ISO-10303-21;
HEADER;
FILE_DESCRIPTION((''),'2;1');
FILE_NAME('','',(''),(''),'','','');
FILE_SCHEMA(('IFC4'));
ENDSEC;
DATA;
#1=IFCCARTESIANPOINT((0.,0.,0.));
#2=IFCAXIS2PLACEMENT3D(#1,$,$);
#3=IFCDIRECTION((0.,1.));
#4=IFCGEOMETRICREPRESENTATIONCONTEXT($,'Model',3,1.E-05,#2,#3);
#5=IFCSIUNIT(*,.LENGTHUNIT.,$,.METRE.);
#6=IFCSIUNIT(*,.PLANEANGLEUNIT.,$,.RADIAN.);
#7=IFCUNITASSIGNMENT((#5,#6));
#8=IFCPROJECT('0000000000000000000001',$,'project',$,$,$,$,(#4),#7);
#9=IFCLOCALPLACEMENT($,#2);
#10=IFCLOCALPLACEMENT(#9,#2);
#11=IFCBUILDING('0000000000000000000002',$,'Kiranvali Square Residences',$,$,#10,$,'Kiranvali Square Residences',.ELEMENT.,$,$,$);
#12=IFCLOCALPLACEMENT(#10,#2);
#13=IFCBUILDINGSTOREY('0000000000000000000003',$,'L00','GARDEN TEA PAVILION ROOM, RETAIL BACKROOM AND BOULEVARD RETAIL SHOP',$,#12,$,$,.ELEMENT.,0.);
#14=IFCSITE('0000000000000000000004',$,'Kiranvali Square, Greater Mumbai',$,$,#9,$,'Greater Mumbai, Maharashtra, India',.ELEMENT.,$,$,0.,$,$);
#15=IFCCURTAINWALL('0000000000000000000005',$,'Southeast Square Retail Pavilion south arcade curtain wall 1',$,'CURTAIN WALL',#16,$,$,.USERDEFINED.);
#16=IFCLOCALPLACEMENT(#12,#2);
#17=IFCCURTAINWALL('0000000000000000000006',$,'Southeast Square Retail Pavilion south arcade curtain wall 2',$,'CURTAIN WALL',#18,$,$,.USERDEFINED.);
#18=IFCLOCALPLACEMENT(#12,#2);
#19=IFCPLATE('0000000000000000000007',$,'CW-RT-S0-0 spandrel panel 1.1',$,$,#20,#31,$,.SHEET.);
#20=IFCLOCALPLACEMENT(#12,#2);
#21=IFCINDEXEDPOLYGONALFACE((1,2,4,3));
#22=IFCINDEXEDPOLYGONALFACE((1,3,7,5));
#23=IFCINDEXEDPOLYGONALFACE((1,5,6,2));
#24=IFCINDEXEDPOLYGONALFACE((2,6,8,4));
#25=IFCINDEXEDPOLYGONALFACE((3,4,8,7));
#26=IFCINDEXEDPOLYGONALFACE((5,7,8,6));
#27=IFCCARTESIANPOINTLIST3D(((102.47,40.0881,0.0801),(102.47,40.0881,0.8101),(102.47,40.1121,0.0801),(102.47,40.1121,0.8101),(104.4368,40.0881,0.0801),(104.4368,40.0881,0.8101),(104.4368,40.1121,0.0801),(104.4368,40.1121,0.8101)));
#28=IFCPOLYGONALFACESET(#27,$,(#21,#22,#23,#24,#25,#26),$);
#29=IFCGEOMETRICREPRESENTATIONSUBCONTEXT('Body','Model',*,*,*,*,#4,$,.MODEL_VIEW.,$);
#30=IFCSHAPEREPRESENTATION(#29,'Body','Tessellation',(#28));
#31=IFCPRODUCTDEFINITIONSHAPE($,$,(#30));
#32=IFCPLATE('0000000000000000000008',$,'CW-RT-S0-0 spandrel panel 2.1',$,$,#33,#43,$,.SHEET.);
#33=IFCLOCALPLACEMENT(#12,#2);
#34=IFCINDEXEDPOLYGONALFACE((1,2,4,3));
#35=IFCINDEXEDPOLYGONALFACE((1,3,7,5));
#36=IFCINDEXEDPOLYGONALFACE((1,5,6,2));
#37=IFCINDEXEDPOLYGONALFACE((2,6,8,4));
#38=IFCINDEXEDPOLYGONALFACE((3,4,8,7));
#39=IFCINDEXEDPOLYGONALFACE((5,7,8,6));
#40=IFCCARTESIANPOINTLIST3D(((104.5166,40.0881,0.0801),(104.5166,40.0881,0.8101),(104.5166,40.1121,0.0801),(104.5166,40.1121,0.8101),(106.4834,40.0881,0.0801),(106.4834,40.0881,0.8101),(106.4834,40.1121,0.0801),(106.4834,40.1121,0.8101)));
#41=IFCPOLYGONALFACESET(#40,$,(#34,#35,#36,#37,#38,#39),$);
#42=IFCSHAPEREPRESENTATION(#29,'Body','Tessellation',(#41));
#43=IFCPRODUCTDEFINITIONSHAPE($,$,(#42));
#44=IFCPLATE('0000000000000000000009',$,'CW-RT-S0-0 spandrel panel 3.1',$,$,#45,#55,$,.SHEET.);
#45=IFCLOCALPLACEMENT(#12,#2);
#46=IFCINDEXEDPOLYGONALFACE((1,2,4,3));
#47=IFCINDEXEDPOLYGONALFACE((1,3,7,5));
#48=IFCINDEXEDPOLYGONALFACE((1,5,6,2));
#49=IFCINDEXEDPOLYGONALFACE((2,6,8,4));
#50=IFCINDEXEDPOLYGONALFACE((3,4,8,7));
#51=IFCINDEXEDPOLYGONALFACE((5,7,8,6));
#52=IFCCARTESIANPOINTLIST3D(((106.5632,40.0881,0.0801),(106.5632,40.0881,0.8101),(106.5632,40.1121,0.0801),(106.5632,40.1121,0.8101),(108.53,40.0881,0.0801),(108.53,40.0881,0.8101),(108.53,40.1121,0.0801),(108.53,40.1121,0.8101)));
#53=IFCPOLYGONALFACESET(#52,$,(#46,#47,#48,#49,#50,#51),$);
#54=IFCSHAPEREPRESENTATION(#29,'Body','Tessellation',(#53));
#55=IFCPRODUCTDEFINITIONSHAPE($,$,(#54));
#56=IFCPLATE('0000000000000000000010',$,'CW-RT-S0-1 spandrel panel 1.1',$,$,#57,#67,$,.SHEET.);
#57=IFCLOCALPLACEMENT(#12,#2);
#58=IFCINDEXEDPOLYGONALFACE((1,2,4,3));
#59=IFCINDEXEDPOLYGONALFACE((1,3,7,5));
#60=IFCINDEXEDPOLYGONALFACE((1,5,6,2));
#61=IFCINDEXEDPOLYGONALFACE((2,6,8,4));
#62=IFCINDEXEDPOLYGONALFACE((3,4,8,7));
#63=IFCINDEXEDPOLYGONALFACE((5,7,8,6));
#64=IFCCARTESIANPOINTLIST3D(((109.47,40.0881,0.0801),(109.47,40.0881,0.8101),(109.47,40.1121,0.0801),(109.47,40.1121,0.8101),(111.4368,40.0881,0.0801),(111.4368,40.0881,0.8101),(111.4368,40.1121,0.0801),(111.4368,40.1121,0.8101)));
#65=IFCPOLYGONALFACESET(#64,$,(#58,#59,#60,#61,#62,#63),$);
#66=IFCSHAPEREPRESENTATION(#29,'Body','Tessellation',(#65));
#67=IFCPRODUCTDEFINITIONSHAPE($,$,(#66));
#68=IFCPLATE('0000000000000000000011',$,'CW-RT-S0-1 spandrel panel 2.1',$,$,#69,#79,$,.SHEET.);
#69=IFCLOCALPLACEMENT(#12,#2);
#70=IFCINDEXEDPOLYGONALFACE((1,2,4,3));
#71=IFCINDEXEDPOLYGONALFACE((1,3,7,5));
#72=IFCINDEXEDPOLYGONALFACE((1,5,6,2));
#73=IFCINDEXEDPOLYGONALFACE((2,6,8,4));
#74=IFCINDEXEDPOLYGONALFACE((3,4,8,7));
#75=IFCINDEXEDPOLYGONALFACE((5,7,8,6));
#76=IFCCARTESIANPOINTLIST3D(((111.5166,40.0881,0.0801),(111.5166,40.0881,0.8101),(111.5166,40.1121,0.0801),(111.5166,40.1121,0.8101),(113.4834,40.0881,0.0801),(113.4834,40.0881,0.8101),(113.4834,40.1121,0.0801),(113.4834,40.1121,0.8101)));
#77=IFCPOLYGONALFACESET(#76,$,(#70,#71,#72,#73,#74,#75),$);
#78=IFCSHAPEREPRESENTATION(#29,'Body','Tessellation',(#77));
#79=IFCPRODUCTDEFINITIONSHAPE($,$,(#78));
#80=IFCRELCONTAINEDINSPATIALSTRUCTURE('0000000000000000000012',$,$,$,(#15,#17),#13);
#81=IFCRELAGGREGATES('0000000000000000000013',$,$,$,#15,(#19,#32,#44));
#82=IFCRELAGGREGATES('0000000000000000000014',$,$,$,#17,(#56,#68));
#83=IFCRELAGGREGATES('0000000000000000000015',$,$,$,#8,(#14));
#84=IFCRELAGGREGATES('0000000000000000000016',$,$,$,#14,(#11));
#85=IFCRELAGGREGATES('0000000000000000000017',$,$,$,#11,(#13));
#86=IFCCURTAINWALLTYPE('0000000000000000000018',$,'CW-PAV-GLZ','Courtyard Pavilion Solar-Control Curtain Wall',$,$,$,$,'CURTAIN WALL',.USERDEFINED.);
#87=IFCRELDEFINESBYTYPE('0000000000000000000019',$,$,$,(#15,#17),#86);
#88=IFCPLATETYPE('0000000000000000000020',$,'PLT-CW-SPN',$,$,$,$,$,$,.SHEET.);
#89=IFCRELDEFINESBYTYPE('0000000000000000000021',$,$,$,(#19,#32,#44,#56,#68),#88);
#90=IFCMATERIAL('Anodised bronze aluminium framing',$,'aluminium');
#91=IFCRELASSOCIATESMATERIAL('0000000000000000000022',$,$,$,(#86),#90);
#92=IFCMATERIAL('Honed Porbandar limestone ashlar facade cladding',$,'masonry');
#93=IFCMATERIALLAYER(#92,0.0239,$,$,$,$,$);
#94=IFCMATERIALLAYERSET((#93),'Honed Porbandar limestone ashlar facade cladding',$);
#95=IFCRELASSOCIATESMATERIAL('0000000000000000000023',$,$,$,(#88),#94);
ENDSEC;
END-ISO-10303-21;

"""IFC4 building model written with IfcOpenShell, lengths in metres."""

from ifc_helpers import new_model, si_unit, direction, frame, origin, origin_2d, place, context, subcontext, project, spatial, rectangle, extrude, material, layer, layer_set, type_object, element, aggregate, save


model = new_model("IFC4")

# Units and contexts
model_context = context("Model", 3, precision=1e-05, world=origin(), true_north=direction((0.0, 1.0)))
body_context = subcontext(model_context, "Body", "Model", "MODEL_VIEW")
ifc_project = project(units=[si_unit("LENGTHUNIT", "METRE"), si_unit("PLANEANGLEUNIT", "RADIAN")], contexts=[model_context])

# Site, building, storey
site_placement = place(None, origin())
site = spatial("IfcSite", under=ifc_project, at=site_placement, Name="Kiranvali Square, Greater Mumbai", LongName="Greater Mumbai, Maharashtra, India", CompositionType="ELEMENT", RefElevation=0.0)
building_placement = place(site_placement, origin())
building = spatial("IfcBuilding", under=site, at=building_placement, Name="Kiranvali Square Residences", LongName="Kiranvali Square Residences", CompositionType="ELEMENT")
storey_placement = place(building_placement, origin())
storey = spatial("IfcBuildingStorey", under=building, at=storey_placement, Name="L00", Description="GARDEN TEA PAVILION ROOM, RETAIL BACKROOM AND BOULEVARD RETAIL SHOP", CompositionType="ELEMENT", Elevation=0.0)

# Curtain walls
ifc_material_1 = material(Name="Anodised bronze aluminium framing", Category="aluminium")
curtain_wall_type = type_object("IfcCurtainWallType", Name="CW-PAV-GLZ", Description="Courtyard Pavilion Solar-Control Curtain Wall", ElementType="CURTAIN WALL", PredefinedType="USERDEFINED", material=ifc_material_1)
curtain_wall_1_placement = place(storey_placement, origin())
curtain_wall_1 = element("IfcCurtainWall", 1, at=curtain_wall_1_placement, inside=storey, type_object=curtain_wall_type, Name="Southeast Square Retail Pavilion south arcade curtain wall 1", ObjectType="CURTAIN WALL", PredefinedType="USERDEFINED")
curtain_wall_2_placement = place(storey_placement, origin())
curtain_wall_2 = element("IfcCurtainWall", 2, at=curtain_wall_2_placement, inside=storey, type_object=curtain_wall_type, Name="Southeast Square Retail Pavilion south arcade curtain wall 2", ObjectType="CURTAIN WALL", PredefinedType="USERDEFINED")

# Plates
ifc_material_2 = material(Name="Honed Porbandar limestone ashlar facade cladding", Category="masonry")
ifc_layer_1 = layer(ifc_material_2, 0.0239)
ifc_layer_set_1 = layer_set([ifc_layer_1], Name="Honed Porbandar limestone ashlar facade cladding")
plate_type_1 = type_object("IfcPlateType", Name="PLT-CW-SPN", PredefinedType="SHEET", material=ifc_layer_set_1)
plate_1_placement = place(storey_placement, frame((103.4534, 40.1001, 0.0801), z_axis=(0.0, 0.0, 1.0), x_axis=(1.0, 0.0, 0.0)))
plate_1 = element("IfcPlate", 3, at=plate_1_placement, type_object=plate_type_1, Name="CW-RT-S0-0 spandrel panel 1.1", PredefinedType="SHEET", context=body_context, shape_type="SweptSolid", body=[
    extrude(rectangle(XDim=1.9668, YDim=0.0239, at=origin_2d()), origin(), (0.0, 0.0, 1.0), 0.73),
])
plate_2_placement = place(storey_placement, frame((105.5, 40.1001, 0.0801), z_axis=(0.0, 0.0, 1.0), x_axis=(1.0, 0.0, 0.0)))
plate_2 = element("IfcPlate", 4, at=plate_2_placement, type_object=plate_type_1, Name="CW-RT-S0-0 spandrel panel 2.1", PredefinedType="SHEET", context=body_context, shape_type="SweptSolid", body=[
    extrude(rectangle(XDim=1.9668, YDim=0.0239, at=origin_2d()), origin(), (0.0, 0.0, 1.0), 0.73),
])
plate_3_placement = place(storey_placement, frame((107.5466, 40.1001, 0.0801), z_axis=(0.0, 0.0, 1.0), x_axis=(1.0, 0.0, 0.0)))
plate_3 = element("IfcPlate", 5, at=plate_3_placement, type_object=plate_type_1, Name="CW-RT-S0-0 spandrel panel 3.1", PredefinedType="SHEET", context=body_context, shape_type="SweptSolid", body=[
    extrude(rectangle(XDim=1.9668, YDim=0.0239, at=origin_2d()), origin(), (0.0, 0.0, 1.0), 0.73),
])
aggregate(curtain_wall_1, [plate_1, plate_2, plate_3])
plate_4_placement = place(storey_placement, frame((110.4534, 40.1001, 0.0801), z_axis=(0.0, 0.0, 1.0), x_axis=(1.0, 0.0, 0.0)))
plate_4 = element("IfcPlate", 6, at=plate_4_placement, type_object=plate_type_1, Name="CW-RT-S0-1 spandrel panel 1.1", PredefinedType="SHEET", context=body_context, shape_type="SweptSolid", body=[
    extrude(rectangle(XDim=1.9668, YDim=0.0239, at=origin_2d()), origin(), (0.0, 0.0, 1.0), 0.73),
])
plate_5_placement = place(storey_placement, frame((112.5, 40.1001, 0.0801), z_axis=(0.0, 0.0, 1.0), x_axis=(1.0, 0.0, 0.0)))
plate_5 = element("IfcPlate", 7, at=plate_5_placement, type_object=plate_type_1, Name="CW-RT-S0-1 spandrel panel 2.1", PredefinedType="SHEET", context=body_context, shape_type="SweptSolid", body=[
    extrude(rectangle(XDim=1.9668, YDim=0.0239, at=origin_2d()), origin(), (0.0, 0.0, 1.0), 0.73),
])
aggregate(curtain_wall_2, [plate_4, plate_5])

save(model, "model.ifc")
